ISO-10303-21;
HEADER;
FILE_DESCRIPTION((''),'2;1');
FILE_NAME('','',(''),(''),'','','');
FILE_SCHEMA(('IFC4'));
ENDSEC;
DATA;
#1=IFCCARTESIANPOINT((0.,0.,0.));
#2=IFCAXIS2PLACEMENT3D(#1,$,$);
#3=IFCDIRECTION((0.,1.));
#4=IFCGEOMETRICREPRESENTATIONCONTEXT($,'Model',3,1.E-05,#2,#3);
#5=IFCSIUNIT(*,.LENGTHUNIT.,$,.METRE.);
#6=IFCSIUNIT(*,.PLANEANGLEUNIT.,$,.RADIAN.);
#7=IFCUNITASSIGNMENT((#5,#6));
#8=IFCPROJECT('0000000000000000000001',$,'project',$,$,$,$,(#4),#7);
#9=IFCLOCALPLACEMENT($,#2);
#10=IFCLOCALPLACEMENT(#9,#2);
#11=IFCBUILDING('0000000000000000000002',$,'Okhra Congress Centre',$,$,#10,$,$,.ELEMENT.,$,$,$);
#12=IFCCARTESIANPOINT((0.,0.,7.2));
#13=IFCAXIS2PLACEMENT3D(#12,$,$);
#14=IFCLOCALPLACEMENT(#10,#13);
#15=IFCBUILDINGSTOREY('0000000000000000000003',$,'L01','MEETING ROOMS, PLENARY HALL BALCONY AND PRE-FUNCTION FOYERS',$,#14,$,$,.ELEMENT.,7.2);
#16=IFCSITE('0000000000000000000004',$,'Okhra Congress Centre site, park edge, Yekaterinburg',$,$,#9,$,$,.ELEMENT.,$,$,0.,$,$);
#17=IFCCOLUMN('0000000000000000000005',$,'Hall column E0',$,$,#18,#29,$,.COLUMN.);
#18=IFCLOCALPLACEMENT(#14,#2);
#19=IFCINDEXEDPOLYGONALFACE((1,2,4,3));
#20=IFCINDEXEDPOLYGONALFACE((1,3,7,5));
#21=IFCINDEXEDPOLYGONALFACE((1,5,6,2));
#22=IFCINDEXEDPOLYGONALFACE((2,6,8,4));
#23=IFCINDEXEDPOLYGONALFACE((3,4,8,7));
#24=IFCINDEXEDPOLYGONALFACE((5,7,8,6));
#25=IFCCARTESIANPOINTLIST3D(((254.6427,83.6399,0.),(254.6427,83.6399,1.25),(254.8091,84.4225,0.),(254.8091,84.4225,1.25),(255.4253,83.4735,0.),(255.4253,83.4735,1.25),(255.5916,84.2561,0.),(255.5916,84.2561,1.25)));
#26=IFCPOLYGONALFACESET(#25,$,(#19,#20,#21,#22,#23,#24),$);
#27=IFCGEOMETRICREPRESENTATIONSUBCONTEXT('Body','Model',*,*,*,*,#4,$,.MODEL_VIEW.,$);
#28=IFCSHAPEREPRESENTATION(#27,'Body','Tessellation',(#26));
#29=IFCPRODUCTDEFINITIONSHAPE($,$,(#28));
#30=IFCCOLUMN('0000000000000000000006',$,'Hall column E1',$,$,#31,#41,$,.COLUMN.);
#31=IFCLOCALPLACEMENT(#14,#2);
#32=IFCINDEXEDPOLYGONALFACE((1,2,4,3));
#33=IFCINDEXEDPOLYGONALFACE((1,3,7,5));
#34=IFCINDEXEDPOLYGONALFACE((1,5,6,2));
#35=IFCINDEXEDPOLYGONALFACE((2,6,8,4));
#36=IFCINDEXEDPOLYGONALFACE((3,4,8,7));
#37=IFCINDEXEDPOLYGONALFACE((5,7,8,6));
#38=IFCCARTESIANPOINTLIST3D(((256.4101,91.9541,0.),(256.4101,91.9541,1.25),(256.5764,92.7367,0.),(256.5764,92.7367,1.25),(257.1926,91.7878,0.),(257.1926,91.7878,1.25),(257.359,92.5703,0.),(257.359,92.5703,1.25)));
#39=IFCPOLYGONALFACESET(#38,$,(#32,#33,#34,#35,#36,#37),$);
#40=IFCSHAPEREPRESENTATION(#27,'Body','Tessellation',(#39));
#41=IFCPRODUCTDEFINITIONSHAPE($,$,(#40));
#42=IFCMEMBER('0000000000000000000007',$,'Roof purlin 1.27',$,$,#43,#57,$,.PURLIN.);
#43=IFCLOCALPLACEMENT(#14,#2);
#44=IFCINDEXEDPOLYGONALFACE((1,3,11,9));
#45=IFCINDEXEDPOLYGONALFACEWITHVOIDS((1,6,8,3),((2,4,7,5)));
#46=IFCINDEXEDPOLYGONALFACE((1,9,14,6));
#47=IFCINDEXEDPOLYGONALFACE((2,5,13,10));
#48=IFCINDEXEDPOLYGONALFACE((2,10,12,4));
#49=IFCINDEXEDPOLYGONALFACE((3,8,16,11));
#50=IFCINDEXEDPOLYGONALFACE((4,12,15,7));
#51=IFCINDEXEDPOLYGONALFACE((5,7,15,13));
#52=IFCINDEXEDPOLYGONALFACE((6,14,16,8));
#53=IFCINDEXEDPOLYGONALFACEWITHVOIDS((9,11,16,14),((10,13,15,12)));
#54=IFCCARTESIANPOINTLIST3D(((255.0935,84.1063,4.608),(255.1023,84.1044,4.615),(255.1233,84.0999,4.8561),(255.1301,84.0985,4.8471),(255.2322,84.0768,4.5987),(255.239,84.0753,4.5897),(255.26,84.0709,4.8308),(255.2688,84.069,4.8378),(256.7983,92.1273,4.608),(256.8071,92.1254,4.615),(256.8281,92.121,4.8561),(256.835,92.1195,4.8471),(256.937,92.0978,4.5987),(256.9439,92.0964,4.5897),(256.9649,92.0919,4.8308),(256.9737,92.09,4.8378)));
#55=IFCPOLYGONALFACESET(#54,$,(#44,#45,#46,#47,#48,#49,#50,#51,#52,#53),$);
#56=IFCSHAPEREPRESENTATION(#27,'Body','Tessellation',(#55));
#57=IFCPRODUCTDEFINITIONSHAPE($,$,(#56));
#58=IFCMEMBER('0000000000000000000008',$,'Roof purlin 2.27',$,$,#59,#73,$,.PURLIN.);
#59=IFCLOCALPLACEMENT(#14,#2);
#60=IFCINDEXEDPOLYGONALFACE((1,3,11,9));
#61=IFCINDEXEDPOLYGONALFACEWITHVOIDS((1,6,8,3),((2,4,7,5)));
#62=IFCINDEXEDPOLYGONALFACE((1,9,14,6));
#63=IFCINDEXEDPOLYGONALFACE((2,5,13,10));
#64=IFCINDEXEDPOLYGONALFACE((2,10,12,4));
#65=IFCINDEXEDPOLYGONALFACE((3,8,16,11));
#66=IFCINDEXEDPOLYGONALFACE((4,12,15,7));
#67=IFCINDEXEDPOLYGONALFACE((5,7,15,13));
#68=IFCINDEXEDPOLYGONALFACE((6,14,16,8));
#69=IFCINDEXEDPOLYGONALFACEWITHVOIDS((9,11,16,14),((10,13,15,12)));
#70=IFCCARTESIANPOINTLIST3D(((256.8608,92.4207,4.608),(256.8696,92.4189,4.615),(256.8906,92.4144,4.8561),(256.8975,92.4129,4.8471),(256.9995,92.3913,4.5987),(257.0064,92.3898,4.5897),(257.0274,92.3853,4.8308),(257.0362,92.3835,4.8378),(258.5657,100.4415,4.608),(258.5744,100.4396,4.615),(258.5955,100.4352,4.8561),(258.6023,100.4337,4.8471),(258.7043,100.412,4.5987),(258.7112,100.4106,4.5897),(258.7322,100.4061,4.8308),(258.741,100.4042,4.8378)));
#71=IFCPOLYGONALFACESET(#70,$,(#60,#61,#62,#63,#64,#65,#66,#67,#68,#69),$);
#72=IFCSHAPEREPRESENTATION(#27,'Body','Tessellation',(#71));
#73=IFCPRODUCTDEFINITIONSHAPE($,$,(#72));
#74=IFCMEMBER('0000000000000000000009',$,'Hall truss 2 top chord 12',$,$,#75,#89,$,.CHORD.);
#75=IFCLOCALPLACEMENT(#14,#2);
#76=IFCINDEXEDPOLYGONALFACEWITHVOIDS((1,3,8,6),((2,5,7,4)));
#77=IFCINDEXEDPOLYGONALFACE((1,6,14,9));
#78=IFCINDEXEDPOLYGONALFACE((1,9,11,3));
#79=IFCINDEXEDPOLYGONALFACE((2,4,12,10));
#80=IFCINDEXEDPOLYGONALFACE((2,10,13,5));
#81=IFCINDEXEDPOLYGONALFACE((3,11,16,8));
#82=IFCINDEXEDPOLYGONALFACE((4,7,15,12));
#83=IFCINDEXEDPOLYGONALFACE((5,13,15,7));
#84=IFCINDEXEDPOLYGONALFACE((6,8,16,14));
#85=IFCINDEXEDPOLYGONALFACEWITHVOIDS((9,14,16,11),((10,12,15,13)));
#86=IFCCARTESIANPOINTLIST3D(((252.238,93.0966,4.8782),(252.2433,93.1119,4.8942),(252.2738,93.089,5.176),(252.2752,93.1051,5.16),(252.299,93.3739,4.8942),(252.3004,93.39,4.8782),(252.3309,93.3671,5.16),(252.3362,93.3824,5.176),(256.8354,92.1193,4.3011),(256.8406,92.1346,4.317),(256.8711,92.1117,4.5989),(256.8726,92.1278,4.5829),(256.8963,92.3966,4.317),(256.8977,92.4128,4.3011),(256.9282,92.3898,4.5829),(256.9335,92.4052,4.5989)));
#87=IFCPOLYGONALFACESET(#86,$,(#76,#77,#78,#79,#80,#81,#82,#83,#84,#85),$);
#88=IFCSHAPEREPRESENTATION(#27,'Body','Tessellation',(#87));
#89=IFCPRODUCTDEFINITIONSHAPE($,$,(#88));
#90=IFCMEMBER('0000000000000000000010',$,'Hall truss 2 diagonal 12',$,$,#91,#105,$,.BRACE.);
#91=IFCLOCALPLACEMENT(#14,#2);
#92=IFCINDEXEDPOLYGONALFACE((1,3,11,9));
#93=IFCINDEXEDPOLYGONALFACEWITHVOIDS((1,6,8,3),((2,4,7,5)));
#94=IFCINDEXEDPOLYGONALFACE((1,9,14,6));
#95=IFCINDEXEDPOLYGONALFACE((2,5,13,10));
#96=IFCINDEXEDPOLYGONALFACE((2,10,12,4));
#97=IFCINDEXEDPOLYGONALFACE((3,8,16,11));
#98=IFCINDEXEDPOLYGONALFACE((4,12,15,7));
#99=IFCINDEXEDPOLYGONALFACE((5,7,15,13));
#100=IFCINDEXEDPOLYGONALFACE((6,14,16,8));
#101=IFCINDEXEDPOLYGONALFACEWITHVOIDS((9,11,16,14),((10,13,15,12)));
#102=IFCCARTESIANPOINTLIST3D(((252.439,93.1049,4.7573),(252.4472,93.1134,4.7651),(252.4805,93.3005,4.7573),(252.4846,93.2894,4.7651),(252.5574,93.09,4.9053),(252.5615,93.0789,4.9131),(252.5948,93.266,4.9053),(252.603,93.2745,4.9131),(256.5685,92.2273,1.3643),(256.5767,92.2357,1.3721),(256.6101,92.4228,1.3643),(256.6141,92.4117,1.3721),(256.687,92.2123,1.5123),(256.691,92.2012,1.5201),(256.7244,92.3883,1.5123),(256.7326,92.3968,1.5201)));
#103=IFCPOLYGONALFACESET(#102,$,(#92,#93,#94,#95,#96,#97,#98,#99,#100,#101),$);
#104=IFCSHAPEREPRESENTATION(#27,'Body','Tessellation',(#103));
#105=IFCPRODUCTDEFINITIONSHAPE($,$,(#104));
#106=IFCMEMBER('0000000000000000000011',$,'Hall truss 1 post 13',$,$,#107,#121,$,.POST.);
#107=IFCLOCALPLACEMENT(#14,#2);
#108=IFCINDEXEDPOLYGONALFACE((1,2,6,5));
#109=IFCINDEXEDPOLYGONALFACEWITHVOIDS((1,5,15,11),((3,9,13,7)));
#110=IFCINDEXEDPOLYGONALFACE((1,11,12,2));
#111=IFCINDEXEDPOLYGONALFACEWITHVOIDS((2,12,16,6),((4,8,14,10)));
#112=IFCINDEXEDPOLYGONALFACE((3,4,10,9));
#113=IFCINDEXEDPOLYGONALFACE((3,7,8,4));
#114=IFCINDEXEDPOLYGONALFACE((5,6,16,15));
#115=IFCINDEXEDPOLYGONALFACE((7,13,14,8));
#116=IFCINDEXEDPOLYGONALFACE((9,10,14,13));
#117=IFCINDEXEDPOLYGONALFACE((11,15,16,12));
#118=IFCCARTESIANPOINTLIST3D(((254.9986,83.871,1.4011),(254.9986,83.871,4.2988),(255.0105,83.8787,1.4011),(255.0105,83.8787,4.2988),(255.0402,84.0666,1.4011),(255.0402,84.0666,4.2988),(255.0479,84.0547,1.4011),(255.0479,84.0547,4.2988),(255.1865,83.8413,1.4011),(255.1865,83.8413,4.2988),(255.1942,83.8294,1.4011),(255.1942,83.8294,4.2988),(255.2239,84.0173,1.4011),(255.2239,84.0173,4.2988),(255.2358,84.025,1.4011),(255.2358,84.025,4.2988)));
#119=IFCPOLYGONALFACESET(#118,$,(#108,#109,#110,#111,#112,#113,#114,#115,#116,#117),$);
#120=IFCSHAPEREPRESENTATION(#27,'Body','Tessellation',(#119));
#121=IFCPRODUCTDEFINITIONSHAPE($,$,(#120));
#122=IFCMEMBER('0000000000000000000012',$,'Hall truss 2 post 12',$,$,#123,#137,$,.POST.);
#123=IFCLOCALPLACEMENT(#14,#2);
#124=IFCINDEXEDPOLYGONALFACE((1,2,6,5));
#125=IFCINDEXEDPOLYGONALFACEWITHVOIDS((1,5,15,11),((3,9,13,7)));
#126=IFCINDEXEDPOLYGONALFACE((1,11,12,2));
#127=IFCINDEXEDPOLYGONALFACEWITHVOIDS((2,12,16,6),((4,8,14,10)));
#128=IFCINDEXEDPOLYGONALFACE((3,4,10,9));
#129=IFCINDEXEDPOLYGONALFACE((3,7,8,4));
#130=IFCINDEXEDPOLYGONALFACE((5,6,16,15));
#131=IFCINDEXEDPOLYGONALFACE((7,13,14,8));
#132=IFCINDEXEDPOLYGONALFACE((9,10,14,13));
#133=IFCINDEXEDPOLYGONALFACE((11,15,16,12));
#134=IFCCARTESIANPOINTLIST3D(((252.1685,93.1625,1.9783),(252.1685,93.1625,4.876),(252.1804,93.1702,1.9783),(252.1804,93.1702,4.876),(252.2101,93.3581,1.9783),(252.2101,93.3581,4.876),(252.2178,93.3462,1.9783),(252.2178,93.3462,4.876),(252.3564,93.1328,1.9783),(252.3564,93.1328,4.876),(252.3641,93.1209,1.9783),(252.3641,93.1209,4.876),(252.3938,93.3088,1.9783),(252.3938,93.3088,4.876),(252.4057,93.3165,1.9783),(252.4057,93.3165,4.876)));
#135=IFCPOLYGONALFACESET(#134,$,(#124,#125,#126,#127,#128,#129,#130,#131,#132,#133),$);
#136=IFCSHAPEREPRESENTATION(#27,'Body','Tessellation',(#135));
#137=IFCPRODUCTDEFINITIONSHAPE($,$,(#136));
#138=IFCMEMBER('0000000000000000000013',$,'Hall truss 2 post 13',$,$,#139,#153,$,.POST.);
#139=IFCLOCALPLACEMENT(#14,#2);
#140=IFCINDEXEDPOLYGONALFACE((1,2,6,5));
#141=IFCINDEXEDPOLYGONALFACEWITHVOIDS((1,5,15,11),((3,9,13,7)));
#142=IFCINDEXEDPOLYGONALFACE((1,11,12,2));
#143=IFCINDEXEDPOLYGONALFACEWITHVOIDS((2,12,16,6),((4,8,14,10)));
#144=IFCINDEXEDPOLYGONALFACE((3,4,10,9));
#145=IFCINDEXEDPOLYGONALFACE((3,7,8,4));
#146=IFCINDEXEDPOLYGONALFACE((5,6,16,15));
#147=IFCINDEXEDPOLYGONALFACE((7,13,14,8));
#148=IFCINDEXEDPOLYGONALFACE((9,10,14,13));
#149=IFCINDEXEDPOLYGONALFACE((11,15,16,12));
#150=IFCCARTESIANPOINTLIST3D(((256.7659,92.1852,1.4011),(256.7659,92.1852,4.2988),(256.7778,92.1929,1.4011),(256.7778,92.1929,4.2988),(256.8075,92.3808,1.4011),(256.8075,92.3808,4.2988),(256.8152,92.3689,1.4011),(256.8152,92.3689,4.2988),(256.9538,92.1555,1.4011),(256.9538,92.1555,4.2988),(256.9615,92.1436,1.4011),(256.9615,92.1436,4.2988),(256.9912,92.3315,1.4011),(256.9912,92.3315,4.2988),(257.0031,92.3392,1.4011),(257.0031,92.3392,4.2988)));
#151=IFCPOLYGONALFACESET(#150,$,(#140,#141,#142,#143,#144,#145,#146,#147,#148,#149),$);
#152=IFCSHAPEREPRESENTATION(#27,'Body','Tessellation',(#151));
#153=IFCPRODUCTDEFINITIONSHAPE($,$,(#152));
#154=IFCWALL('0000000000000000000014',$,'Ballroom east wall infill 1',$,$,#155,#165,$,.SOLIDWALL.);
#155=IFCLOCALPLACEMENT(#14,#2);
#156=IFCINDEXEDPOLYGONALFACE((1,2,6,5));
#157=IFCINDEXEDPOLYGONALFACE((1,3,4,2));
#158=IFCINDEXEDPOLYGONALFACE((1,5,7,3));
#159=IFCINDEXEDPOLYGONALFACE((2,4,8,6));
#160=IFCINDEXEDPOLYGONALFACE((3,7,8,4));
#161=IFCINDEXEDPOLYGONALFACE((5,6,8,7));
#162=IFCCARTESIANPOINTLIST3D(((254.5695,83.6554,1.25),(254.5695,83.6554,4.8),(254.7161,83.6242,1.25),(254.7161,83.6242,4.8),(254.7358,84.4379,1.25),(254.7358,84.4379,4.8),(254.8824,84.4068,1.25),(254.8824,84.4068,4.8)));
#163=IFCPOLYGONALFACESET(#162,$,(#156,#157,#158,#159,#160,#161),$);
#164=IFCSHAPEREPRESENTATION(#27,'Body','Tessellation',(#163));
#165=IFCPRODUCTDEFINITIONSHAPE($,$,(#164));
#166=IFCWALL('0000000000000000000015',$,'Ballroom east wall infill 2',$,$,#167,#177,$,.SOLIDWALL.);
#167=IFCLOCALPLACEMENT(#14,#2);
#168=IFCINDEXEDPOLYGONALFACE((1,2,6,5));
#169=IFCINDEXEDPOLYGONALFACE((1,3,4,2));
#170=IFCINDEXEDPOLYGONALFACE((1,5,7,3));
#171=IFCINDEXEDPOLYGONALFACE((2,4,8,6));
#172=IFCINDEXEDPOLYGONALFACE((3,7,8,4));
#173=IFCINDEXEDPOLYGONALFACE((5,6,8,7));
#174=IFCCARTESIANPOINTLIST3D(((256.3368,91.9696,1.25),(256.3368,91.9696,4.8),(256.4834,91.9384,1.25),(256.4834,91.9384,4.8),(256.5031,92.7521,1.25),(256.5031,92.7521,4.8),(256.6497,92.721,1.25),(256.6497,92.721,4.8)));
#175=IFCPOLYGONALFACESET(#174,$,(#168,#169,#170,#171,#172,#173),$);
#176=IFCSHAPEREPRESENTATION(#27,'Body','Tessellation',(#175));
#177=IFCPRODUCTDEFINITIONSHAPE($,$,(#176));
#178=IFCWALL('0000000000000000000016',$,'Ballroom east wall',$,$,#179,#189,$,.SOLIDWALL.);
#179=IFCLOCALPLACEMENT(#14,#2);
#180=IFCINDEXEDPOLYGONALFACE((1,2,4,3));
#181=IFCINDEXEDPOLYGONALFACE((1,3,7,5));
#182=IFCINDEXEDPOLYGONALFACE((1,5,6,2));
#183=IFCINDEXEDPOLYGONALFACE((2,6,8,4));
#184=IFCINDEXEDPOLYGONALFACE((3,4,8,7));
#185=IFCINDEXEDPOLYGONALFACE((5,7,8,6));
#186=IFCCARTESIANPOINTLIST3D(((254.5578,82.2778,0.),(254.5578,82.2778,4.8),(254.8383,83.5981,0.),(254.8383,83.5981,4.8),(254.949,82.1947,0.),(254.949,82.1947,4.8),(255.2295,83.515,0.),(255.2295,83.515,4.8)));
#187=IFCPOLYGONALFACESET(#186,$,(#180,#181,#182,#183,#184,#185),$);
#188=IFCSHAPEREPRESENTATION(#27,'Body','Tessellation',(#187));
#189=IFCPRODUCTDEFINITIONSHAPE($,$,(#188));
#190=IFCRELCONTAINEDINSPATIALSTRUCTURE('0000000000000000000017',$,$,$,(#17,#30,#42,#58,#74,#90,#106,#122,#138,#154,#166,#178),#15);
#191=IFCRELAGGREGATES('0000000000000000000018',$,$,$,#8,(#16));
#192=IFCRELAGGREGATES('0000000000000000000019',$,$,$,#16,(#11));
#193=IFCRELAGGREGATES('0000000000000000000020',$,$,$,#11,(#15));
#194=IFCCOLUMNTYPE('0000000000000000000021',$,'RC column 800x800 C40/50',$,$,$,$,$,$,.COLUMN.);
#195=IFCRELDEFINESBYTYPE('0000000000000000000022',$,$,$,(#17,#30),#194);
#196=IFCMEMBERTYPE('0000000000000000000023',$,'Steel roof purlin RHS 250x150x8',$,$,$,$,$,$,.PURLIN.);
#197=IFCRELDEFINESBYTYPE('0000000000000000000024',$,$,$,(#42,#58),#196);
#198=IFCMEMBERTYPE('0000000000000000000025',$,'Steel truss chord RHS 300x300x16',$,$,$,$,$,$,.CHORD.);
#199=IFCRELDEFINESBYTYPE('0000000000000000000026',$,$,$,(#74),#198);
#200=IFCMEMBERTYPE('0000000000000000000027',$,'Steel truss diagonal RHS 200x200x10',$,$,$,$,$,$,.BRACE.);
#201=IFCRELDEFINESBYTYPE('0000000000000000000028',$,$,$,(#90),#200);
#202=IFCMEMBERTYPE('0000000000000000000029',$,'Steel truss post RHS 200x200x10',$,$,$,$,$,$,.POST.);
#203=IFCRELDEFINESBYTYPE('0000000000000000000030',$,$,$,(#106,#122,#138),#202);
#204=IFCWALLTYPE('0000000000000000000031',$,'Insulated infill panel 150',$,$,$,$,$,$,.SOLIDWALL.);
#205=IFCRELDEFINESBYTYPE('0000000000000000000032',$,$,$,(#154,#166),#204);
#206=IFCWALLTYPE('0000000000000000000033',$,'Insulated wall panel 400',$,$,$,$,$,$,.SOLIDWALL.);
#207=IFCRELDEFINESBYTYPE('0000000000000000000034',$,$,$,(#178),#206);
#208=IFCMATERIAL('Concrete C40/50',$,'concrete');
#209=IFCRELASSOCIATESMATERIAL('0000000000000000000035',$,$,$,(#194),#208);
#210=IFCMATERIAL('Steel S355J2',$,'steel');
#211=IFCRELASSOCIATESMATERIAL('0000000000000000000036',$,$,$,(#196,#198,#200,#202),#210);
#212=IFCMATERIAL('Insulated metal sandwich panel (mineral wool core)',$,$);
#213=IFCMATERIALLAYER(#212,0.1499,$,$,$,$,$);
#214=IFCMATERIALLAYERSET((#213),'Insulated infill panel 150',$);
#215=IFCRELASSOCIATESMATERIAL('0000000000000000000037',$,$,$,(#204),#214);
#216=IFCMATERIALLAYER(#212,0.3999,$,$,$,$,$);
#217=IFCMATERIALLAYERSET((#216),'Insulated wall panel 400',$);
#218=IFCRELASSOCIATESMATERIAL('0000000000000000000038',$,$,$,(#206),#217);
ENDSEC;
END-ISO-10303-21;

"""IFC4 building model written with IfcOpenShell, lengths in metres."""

from ifc_helpers import new_model, si_unit, direction, frame, frame_2d, origin, origin_2d, place, context, subcontext, project, spatial, rectangle, hollow_rectangle, extrude, material, layer, layer_set, material_profile, profile_set, type_object, element, save


model = new_model("IFC4")

# Units and contexts
model_context = context("Model", 3, precision=1e-05, world=origin(), true_north=direction((0.0, 1.0)))
body_context = subcontext(model_context, "Body", "Model", "MODEL_VIEW")
ifc_project = project(units=[si_unit("LENGTHUNIT", "METRE"), si_unit("PLANEANGLEUNIT", "RADIAN")], contexts=[model_context])

# Site, building, storey
site_placement = place(None, origin())
site = spatial("IfcSite", under=ifc_project, at=site_placement, Name="Okhra Congress Centre site, park edge, Yekaterinburg", CompositionType="ELEMENT", RefElevation=0.0)
building_placement = place(site_placement, origin())
building = spatial("IfcBuilding", under=site, at=building_placement, Name="Okhra Congress Centre", CompositionType="ELEMENT")
storey_placement = place(building_placement, frame((0.0, 0.0, 7.2)))
storey = spatial("IfcBuildingStorey", under=building, at=storey_placement, Name="L01", Description="MEETING ROOMS, PLENARY HALL BALCONY AND PRE-FUNCTION FOYERS", CompositionType="ELEMENT", Elevation=7.2)

# Columns
ifc_material_1 = material(Name="Concrete C40/50", Category="concrete")
ifc_material_profile_1 = material_profile(ifc_material_1, rectangle(XDim=0.8, YDim=0.8, at=origin_2d()), Name="RC 800x800")
ifc_profile_set_1 = profile_set([ifc_material_profile_1], Name="Concrete C40/50")
column_type = type_object("IfcColumnType", Name="RC column 800x800 C40/50", PredefinedType="COLUMN", material=ifc_profile_set_1)
for number, where, z_axis, x_axis, name in (
    (1, (255.1172, 83.948, 0.0), (0.0, 0.0, 1.0), (0.978148, -0.207912, 0.0), "Hall column E0"),
    (2, (256.8845, 92.2622, 0.0), (0.0, 0.0, 1.0), (0.978148, -0.207912, 0.0), "Hall column E1"),
):
    element("IfcColumn", number, at=place(storey_placement, frame(where, z_axis=z_axis, x_axis=x_axis)), inside=storey, type_object=column_type, Name=name, PredefinedType="COLUMN", context=body_context, shape_type="SweptSolid", body=[
        extrude(rectangle(XDim=0.8, YDim=0.8, at=origin_2d()), origin(), (0.0, 0.0, 1.0), 1.25),
    ])

# Members
ifc_material_2 = material(Name="Steel S355J2", Category="steel")
ifc_material_profile_2 = material_profile(ifc_material_2, hollow_rectangle(XDim=0.1499, YDim=0.25, WallThickness=0.0081, at=origin_2d()), Name="RHS 250x150x8")
ifc_profile_set_2 = profile_set([ifc_material_profile_2], Name="Steel S355J2")
member_type_1 = type_object("IfcMemberType", Name="Steel roof purlin RHS 250x150x8", PredefinedType="PURLIN", material=ifc_profile_set_2)
member_1_placement = place(storey_placement, frame((255.1812, 84.0876, 4.7229), z_axis=(0.207902, 0.97815, 0.0), x_axis=(-0.970859, 0.206353, 0.121869)))
element("IfcMember", 3, at=member_1_placement, inside=storey, type_object=member_type_1, Name="Roof purlin 1.27", PredefinedType="PURLIN", context=body_context, shape_type="SweptSolid", body=[
    extrude(hollow_rectangle(XDim=0.1499, YDim=0.25, WallThickness=0.0081, at=origin_2d()), origin(), (0.0, 0.0, 1.0), 8.2002),
])
member_2_placement = place(storey_placement, frame((256.9485, 92.4021, 4.7229), z_axis=(0.207908, 0.978148, 0.0), x_axis=(-0.970857, 0.206359, 0.121869)))
element("IfcMember", 4, at=member_2_placement, inside=storey, type_object=member_type_1, Name="Roof purlin 2.27", PredefinedType="PURLIN", context=body_context, shape_type="SweptSolid", body=[
    extrude(hollow_rectangle(XDim=0.1499, YDim=0.25, WallThickness=0.0081, at=origin_2d()), origin(), (0.0, 0.0, 1.0), 8.2),
])
ifc_material_profile_3 = material_profile(ifc_material_2, hollow_rectangle(XDim=0.3, YDim=0.3, WallThickness=0.0161, at=origin_2d()), Name="RHS 300x300x16")
ifc_profile_set_3 = profile_set([ifc_material_profile_3], Name="Steel S355J2")
member_type_2 = type_object("IfcMemberType", Name="Steel truss chord RHS 300x300x16", PredefinedType="CHORD", material=ifc_profile_set_3)
member_3_placement = place(storey_placement, frame((252.2871, 93.2395, 5.0271), z_axis=(0.970852, -0.206379, -0.121878), x_axis=(0.207929, 0.978144, 0.0)))
element("IfcMember", 5, at=member_3_placement, inside=storey, type_object=member_type_2, Name="Hall truss 2 top chord 12", PredefinedType="CHORD", context=body_context, shape_type="SweptSolid", body=[
    extrude(hollow_rectangle(XDim=0.3, YDim=0.3, WallThickness=0.0161, at=origin_2d()), origin(), (0.0, 0.0, 1.0), 4.7354),
])
ifc_material_profile_4 = material_profile(ifc_material_2, hollow_rectangle(XDim=0.2, YDim=0.2, WallThickness=0.01, at=origin_2d()), Name="RHS 200x200x10 diagonal")
ifc_profile_set_4 = profile_set([ifc_material_profile_4], Name="Steel S355J2")
member_type_3 = type_object("IfcMemberType", Name="Steel truss diagonal RHS 200x200x10", PredefinedType="BRACE", material=ifc_profile_set_4)
member_4_placement = place(storey_placement, frame((252.521, 93.1897, 4.8352), z_axis=(0.762436, -0.162043, -0.626446), x_axis=(0.20789, 0.978152, 0.0)))
element("IfcMember", 6, at=member_4_placement, inside=storey, type_object=member_type_3, Name="Hall truss 2 diagonal 12", PredefinedType="BRACE", context=body_context, shape_type="SweptSolid", body=[
    extrude(hollow_rectangle(XDim=0.2, YDim=0.2, WallThickness=0.01, at=origin_2d()), origin(), (0.0, 0.0, 1.0), 5.4163),
])
ifc_material_profile_5 = material_profile(ifc_material_2, hollow_rectangle(XDim=0.2, YDim=0.2, WallThickness=0.01, at=origin_2d()), Name="RHS 200x200x10")
ifc_profile_set_5 = profile_set([ifc_material_profile_5], Name="Steel S355J2")
member_type_4 = type_object("IfcMemberType", Name="Steel truss post RHS 200x200x10", PredefinedType="POST", material=ifc_profile_set_5)
for number, where, z_axis, x_axis, name in (
    (7, (255.1172, 83.948, 1.4011), (0.0, 0.0, 1.0), (0.978148, -0.207912, 0.0), "Hall truss 1 post 13"),
    (8, (252.2871, 93.2395, 1.9783), (0.0, 0.0, 1.0), (0.978148, -0.207912, 0.0), "Hall truss 2 post 12"),
    (9, (256.8845, 92.2622, 1.4011), (0.0, 0.0, 1.0), (0.978148, -0.207912, 0.0), "Hall truss 2 post 13"),
):
    element("IfcMember", number, at=place(storey_placement, frame(where, z_axis=z_axis, x_axis=x_axis)), inside=storey, type_object=member_type_4, Name=name, PredefinedType="POST", context=body_context, shape_type="SweptSolid", body=[
        extrude(hollow_rectangle(XDim=0.2, YDim=0.2, WallThickness=0.01, at=origin_2d()), origin(), (0.0, 0.0, 1.0), 2.8977),
    ])

# Walls
ifc_material_3 = material(Name="Insulated metal sandwich panel (mineral wool core)")
ifc_layer_1 = layer(ifc_material_3, 0.1499)
ifc_layer_set_1 = layer_set([ifc_layer_1], Name="Insulated infill panel 150")
wall_type_1 = type_object("IfcWallType", Name="Insulated infill panel 150", PredefinedType="SOLIDWALL", material=ifc_layer_set_1)
for number, where, z_axis, x_axis, name in (
    (10, (254.6428, 83.6399, 1.25), (0.0, 0.0, 1.0), (0.207841, 0.978163, 0.0), "Ballroom east wall infill 1"),
    (11, (256.4102, 91.9541, 1.25), (0.0, 0.0, 1.0), (0.207841, 0.978163, 0.0), "Ballroom east wall infill 2"),
):
    element("IfcWall", number, at=place(storey_placement, frame(where, z_axis=z_axis, x_axis=x_axis)), inside=storey, type_object=wall_type_1, Name=name, PredefinedType="SOLIDWALL", context=body_context, shape_type="SweptSolid", body=[
        extrude(rectangle(XDim=0.8, YDim=0.1499, at=frame_2d((0.3999, 0.0))), origin(), (0.0, 0.0, 1.0), 3.55),
    ])
ifc_layer_2 = layer(ifc_material_3, 0.3999)
ifc_layer_set_2 = layer_set([ifc_layer_2], Name="Insulated wall panel 400")
wall_type_2 = type_object("IfcWallType", Name="Insulated wall panel 400", PredefinedType="SOLIDWALL", material=ifc_layer_set_2)
wall_1_placement = place(storey_placement, frame((254.7534, 82.2363, 0.0), z_axis=(0.0, 0.0, 1.0), x_axis=(0.207824, 0.978166, 0.0)))
element("IfcWall", 12, at=wall_1_placement, inside=storey, type_object=wall_type_2, Name="Ballroom east wall", PredefinedType="SOLIDWALL", context=body_context, shape_type="SweptSolid", body=[
    extrude(rectangle(XDim=1.3499, YDim=0.3999, at=frame_2d((0.6748, 0.0))), origin(), (0.0, 0.0, 1.0), 4.8),
])

save(model, "model.ifc")
